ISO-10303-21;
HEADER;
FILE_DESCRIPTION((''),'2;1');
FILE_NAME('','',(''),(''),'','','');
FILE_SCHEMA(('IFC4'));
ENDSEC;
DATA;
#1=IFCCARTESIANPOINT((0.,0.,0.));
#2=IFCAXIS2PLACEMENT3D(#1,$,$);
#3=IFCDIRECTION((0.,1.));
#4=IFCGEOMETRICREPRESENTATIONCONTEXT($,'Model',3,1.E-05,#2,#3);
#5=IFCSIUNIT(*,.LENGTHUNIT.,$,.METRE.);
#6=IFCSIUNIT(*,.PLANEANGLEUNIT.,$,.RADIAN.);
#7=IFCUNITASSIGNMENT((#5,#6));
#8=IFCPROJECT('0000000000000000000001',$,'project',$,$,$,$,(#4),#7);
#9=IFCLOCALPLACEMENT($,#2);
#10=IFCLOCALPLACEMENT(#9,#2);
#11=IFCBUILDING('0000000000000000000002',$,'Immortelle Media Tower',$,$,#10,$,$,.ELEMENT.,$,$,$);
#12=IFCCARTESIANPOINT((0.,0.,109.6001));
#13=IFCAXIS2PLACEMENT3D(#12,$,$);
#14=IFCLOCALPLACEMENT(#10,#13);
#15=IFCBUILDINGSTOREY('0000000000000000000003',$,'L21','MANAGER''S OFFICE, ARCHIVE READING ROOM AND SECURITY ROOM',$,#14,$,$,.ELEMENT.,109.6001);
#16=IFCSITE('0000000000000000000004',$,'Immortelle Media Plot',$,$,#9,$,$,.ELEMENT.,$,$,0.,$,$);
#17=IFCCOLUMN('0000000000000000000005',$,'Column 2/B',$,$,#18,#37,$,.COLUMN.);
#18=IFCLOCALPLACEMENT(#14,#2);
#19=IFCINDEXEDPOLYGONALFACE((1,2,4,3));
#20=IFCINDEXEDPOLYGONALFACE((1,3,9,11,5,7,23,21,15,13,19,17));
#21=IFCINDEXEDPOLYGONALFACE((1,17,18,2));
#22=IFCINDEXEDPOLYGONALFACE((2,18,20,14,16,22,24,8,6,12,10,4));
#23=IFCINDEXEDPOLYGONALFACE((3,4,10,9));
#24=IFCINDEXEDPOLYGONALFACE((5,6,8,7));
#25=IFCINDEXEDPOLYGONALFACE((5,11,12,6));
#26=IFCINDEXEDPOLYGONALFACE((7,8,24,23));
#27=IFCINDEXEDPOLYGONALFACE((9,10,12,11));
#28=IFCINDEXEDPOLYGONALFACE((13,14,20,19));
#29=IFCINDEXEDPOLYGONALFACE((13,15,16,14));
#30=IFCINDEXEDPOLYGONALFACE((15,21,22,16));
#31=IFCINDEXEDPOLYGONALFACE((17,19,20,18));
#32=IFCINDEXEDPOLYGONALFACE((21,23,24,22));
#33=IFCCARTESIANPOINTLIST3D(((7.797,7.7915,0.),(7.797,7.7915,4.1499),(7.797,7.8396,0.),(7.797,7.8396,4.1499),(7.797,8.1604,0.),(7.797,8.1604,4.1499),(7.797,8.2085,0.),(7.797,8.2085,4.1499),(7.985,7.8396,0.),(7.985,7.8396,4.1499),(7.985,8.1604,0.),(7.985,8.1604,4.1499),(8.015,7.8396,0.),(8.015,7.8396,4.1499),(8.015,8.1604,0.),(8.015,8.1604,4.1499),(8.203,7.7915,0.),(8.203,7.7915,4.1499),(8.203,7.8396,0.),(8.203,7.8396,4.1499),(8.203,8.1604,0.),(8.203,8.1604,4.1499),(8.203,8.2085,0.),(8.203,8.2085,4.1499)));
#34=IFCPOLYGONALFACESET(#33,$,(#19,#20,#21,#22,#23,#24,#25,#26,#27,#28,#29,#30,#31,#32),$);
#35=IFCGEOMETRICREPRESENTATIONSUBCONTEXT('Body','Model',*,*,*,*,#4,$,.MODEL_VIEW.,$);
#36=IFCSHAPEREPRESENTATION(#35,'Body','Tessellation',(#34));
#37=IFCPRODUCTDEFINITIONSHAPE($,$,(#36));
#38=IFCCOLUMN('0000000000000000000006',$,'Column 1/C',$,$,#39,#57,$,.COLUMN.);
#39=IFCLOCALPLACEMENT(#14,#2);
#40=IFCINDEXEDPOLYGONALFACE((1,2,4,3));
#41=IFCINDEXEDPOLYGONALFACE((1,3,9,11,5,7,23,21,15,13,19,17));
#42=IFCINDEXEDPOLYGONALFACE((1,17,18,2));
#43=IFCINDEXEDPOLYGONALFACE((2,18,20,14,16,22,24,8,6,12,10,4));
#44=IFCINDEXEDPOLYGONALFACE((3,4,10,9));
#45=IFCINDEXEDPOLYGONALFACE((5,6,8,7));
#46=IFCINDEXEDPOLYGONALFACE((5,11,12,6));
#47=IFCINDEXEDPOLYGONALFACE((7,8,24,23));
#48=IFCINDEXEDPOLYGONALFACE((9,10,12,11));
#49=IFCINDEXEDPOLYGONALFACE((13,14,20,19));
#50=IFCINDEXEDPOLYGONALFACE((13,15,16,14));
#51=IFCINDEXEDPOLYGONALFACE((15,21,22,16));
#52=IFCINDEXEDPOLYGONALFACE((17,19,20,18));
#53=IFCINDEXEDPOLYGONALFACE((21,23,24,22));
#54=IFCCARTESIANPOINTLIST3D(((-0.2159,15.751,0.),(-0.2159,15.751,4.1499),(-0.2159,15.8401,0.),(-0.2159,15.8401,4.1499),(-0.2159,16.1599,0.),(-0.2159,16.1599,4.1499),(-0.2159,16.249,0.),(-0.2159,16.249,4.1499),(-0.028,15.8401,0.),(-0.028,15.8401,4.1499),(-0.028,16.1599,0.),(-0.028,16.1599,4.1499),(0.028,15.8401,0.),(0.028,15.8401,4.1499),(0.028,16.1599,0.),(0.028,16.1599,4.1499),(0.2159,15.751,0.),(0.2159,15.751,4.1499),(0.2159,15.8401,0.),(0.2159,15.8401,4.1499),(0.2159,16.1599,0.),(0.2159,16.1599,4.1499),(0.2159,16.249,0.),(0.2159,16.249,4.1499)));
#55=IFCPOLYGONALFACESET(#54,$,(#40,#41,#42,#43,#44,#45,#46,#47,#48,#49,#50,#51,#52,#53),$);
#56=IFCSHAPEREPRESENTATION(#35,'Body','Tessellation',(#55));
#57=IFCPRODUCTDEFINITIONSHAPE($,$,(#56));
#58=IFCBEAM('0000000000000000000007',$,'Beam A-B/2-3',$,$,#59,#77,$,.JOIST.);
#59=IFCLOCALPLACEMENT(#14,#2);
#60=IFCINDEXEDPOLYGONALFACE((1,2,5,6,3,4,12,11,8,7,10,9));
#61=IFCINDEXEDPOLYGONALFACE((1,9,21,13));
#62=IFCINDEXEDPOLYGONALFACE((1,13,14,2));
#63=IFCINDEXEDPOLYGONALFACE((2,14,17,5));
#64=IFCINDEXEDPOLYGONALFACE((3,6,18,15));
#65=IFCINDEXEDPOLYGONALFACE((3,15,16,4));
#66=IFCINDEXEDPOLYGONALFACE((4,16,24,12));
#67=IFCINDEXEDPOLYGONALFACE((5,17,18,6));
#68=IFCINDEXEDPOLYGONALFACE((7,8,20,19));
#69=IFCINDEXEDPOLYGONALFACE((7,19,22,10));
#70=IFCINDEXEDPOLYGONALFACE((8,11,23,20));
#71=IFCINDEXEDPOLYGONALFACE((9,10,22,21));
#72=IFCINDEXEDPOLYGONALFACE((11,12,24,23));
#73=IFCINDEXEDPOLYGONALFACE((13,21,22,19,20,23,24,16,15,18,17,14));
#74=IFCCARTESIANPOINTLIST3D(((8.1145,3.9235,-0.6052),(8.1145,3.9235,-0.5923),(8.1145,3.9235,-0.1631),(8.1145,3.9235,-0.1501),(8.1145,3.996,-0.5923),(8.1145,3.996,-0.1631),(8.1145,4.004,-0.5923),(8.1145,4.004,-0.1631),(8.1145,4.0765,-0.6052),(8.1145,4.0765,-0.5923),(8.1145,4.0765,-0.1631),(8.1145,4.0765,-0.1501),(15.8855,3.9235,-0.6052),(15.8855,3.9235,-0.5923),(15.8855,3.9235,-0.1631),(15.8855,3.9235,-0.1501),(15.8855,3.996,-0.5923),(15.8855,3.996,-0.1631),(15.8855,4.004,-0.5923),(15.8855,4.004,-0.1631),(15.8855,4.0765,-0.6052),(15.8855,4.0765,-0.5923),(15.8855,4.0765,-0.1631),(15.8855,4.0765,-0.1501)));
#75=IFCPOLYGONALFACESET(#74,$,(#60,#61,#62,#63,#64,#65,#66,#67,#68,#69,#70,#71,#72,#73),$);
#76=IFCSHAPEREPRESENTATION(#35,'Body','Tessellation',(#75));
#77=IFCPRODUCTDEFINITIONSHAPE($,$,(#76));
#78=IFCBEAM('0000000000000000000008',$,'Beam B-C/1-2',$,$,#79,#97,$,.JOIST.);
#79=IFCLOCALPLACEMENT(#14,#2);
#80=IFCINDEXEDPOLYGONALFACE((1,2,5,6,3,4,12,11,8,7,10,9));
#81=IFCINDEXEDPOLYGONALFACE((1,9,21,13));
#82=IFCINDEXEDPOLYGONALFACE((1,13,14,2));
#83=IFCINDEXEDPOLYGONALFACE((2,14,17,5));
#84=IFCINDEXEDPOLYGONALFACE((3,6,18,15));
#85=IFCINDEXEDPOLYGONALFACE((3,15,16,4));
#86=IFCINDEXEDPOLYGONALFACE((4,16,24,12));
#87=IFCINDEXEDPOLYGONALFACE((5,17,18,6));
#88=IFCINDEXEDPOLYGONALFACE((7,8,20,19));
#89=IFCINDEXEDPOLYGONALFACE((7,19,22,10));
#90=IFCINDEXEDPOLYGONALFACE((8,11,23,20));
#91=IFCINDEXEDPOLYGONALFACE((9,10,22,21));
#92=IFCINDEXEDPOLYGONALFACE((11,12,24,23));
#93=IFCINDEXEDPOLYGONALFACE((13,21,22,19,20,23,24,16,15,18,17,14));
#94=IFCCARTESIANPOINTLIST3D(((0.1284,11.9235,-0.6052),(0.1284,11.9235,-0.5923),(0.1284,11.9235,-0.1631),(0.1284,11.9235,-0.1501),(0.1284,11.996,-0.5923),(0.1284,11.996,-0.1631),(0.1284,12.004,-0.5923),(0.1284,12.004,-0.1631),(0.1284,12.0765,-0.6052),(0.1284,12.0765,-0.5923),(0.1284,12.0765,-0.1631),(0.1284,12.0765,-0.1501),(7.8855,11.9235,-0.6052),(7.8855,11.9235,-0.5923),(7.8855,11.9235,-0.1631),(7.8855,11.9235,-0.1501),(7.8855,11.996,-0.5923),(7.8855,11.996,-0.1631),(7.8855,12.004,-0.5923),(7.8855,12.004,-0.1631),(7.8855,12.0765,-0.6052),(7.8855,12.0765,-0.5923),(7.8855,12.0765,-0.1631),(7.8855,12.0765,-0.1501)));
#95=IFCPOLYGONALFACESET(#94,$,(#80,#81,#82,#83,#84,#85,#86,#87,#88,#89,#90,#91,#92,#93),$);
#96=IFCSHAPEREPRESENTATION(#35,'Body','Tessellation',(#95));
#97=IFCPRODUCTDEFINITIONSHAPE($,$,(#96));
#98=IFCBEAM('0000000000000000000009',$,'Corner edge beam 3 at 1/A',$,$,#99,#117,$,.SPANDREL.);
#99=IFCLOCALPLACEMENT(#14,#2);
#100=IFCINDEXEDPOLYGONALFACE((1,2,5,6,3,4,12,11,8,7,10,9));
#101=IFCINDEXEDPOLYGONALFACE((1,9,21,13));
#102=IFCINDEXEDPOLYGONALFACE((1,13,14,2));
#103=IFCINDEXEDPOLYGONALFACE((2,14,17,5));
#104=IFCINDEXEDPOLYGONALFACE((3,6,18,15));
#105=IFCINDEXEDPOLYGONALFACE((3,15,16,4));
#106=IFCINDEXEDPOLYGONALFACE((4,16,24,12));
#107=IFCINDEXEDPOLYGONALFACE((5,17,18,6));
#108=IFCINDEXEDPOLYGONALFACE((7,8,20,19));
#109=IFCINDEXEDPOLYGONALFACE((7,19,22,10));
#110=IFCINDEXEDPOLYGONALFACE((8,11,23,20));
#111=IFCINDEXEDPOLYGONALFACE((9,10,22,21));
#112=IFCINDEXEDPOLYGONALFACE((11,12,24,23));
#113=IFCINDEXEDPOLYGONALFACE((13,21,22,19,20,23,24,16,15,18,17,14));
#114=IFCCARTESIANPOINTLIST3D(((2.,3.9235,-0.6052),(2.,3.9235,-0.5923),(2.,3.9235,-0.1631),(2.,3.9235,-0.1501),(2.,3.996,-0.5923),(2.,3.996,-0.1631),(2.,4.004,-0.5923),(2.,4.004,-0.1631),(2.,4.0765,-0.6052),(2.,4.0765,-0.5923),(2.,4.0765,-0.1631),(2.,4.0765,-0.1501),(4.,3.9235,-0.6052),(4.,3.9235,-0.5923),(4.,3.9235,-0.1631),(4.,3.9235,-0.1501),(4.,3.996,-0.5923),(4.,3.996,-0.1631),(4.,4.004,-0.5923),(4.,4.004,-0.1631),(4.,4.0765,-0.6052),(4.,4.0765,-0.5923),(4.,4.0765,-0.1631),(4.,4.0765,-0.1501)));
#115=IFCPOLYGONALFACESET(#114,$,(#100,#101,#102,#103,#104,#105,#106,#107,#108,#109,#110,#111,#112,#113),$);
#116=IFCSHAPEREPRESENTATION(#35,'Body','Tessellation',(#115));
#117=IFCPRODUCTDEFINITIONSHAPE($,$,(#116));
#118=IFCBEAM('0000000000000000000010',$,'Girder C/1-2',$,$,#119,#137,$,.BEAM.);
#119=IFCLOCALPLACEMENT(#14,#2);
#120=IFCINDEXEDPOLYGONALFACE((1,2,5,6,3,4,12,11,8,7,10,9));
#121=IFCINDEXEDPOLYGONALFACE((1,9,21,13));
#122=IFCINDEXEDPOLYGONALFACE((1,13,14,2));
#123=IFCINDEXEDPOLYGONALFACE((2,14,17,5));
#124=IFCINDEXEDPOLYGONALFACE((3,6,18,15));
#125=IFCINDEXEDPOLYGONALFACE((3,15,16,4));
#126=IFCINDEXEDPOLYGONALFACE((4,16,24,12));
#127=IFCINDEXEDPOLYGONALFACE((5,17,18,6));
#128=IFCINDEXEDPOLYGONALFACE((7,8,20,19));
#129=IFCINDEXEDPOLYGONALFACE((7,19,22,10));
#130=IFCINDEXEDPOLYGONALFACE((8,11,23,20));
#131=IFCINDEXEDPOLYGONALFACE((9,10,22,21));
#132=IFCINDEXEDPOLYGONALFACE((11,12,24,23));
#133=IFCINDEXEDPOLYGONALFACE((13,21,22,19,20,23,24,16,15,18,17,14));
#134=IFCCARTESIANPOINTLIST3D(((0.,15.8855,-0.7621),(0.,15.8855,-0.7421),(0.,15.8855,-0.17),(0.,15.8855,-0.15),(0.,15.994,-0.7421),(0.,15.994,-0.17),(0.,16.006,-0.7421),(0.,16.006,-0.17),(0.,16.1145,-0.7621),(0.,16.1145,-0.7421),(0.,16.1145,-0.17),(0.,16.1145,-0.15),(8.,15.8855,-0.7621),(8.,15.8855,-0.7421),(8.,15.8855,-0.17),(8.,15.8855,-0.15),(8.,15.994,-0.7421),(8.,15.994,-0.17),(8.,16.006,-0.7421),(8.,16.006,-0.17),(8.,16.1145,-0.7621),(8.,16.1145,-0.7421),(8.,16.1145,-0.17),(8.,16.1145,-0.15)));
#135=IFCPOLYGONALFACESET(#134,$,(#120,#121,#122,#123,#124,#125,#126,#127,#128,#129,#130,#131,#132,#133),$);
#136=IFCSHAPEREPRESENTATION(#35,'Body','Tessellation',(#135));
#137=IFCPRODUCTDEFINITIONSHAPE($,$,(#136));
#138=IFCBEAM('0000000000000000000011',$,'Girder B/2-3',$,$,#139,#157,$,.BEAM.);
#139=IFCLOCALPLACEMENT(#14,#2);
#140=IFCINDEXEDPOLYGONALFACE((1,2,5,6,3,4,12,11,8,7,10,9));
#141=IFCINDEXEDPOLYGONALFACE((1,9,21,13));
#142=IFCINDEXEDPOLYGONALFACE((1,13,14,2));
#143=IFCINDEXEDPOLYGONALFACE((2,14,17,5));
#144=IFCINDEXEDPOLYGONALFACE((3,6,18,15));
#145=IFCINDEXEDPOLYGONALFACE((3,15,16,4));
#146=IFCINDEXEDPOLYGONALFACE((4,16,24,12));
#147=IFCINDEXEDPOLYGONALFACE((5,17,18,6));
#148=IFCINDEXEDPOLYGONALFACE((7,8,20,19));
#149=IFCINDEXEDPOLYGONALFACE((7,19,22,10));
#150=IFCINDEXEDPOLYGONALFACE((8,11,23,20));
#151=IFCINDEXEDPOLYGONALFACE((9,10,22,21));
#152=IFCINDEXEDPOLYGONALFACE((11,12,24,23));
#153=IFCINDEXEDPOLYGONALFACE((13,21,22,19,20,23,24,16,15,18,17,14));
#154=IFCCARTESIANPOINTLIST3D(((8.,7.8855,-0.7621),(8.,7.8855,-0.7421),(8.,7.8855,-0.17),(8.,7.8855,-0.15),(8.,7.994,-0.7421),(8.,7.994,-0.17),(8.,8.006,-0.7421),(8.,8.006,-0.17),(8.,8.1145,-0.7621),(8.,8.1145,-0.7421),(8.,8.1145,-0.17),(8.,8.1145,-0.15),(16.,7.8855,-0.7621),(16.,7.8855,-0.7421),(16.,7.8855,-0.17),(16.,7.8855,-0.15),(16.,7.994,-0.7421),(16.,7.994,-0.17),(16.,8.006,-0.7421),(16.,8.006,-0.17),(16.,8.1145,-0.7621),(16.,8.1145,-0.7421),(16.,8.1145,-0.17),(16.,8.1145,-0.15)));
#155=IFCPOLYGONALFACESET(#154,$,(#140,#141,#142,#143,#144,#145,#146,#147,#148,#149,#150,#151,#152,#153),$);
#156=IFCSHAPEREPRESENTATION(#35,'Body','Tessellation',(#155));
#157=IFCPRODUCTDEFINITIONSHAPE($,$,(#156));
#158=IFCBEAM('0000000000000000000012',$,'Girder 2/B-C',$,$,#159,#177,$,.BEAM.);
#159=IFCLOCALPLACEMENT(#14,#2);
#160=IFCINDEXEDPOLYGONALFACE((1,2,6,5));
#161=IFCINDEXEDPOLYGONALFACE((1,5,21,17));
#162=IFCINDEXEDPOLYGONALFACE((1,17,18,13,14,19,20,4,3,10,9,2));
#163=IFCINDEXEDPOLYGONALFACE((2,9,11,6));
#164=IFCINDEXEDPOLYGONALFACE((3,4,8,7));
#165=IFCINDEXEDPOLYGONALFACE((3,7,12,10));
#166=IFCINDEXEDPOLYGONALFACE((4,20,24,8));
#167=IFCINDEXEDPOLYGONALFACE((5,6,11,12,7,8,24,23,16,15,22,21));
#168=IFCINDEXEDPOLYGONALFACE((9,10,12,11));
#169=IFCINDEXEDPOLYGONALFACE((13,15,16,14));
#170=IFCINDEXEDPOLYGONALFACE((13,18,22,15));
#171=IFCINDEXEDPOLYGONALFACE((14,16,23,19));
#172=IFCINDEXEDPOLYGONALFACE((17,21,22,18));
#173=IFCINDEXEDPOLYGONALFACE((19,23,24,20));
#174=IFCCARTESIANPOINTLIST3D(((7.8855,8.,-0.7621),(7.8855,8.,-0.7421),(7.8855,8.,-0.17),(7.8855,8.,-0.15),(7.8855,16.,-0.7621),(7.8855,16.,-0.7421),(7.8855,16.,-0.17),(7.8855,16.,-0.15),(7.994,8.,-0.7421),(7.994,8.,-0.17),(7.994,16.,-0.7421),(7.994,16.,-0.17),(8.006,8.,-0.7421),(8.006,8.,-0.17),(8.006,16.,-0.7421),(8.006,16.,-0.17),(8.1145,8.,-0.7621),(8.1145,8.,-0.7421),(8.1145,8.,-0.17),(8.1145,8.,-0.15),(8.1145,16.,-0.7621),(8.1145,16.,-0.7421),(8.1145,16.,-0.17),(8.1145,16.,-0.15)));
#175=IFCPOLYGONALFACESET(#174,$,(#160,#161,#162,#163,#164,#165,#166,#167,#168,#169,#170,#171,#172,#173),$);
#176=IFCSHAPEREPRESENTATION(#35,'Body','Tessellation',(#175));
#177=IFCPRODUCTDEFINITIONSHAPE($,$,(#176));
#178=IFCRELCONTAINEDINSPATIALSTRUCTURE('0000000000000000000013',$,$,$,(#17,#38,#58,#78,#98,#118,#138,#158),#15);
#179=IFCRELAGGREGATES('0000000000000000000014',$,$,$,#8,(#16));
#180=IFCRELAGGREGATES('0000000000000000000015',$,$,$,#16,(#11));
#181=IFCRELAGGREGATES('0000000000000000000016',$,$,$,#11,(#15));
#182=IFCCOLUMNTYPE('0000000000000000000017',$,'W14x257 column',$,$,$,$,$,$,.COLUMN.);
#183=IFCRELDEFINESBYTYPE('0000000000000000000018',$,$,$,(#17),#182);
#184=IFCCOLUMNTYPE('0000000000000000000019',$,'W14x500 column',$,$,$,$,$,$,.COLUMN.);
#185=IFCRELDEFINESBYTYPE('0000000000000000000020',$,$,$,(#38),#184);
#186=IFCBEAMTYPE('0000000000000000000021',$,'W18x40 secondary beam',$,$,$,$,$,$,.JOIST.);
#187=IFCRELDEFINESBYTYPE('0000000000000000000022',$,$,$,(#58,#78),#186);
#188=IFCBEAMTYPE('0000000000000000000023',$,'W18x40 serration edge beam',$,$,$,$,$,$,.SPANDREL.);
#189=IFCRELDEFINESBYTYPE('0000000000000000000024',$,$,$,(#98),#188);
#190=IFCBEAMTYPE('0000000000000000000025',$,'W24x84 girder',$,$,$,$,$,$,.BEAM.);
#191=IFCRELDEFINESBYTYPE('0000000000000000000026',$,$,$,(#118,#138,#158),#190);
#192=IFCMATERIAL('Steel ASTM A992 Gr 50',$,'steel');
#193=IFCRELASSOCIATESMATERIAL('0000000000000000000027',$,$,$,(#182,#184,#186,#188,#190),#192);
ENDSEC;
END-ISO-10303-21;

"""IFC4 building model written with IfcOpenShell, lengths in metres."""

from ifc_helpers import new_model, si_unit, direction, frame, origin, origin_2d, place, context, subcontext, project, spatial, i_section, extrude, material, material_profile, profile_set, type_object, element, save


model = new_model("IFC4")

# Units and contexts
model_context = context("Model", 3, precision=1e-05, world=origin(), true_north=direction((0.0, 1.0)))
body_context = subcontext(model_context, "Body", "Model", "MODEL_VIEW")
ifc_project = project(units=[si_unit("LENGTHUNIT", "METRE"), si_unit("PLANEANGLEUNIT", "RADIAN")], contexts=[model_context])

# Site, building, storey
site_placement = place(None, origin())
site = spatial("IfcSite", under=ifc_project, at=site_placement, Name="Immortelle Media Plot", CompositionType="ELEMENT", RefElevation=0.0)
building_placement = place(site_placement, origin())
building = spatial("IfcBuilding", under=site, at=building_placement, Name="Immortelle Media Tower", CompositionType="ELEMENT")
storey_placement = place(building_placement, frame((0.0, 0.0, 109.6001)))
storey = spatial("IfcBuildingStorey", under=building, at=storey_placement, Name="L21", Description="MANAGER'S OFFICE, ARCHIVE READING ROOM AND SECURITY ROOM", CompositionType="ELEMENT", Elevation=109.6001)

# Columns
ifc_material_1 = material(Name="Steel ASTM A992 Gr 50", Category="steel")
ifc_material_profile_1 = material_profile(ifc_material_1, i_section(OverallWidth=0.406, OverallDepth=0.417, WebThickness=0.03, FlangeThickness=0.0481, at=origin_2d()), Name="W14x257")
ifc_profile_set_1 = profile_set([ifc_material_profile_1], Name="Steel ASTM A992 Gr 50")
column_type_1 = type_object("IfcColumnType", Name="W14x257 column", PredefinedType="COLUMN", material=ifc_profile_set_1)
column_1_placement = place(storey_placement, frame((8.0, 8.0, 0.0), z_axis=(0.0, 0.0, 1.0), x_axis=(1.0, 0.0, 0.0)))
element("IfcColumn", 1, at=column_1_placement, inside=storey, type_object=column_type_1, Name="Column 2/B", PredefinedType="COLUMN", context=body_context, shape_type="SweptSolid", body=[
    extrude(i_section(OverallWidth=0.406, OverallDepth=0.417, WebThickness=0.03, FlangeThickness=0.0481, at=origin_2d()), origin(), (0.0, 0.0, 1.0), 4.1499),
])
ifc_material_profile_2 = material_profile(ifc_material_1, i_section(OverallWidth=0.4319, OverallDepth=0.498, WebThickness=0.0559, FlangeThickness=0.0891, at=origin_2d()), Name="W14x500")
ifc_profile_set_2 = profile_set([ifc_material_profile_2], Name="Steel ASTM A992 Gr 50")
column_type_2 = type_object("IfcColumnType", Name="W14x500 column", PredefinedType="COLUMN", material=ifc_profile_set_2)
column_2_placement = place(storey_placement, frame((0.0, 16.0, 0.0), z_axis=(0.0, 0.0, 1.0), x_axis=(1.0, 0.0, 0.0)))
element("IfcColumn", 2, at=column_2_placement, inside=storey, type_object=column_type_2, Name="Column 1/C", PredefinedType="COLUMN", context=body_context, shape_type="SweptSolid", body=[
    extrude(i_section(OverallWidth=0.4319, OverallDepth=0.498, WebThickness=0.0559, FlangeThickness=0.0891, at=origin_2d()), origin(), (0.0, 0.0, 1.0), 4.1499),
])

# Beams
ifc_material_profile_3 = material_profile(ifc_material_1, i_section(OverallWidth=0.1531, OverallDepth=0.4551, WebThickness=0.0081, FlangeThickness=0.0129, at=origin_2d()), Name="W18x40")
ifc_profile_set_3 = profile_set([ifc_material_profile_3], Name="Steel ASTM A992 Gr 50")
beam_type_1 = type_object("IfcBeamType", Name="W18x40 secondary beam", PredefinedType="JOIST", material=ifc_profile_set_3)
beam_1_placement = place(storey_placement, frame((8.1145, 4.0, -0.3777), z_axis=(1.0, 0.0, 0.0), x_axis=(0.0, 1.0, 0.0)))
element("IfcBeam", 3, at=beam_1_placement, inside=storey, type_object=beam_type_1, Name="Beam A-B/2-3", PredefinedType="JOIST", context=body_context, shape_type="SweptSolid", body=[
    extrude(i_section(OverallWidth=0.1531, OverallDepth=0.4551, WebThickness=0.0081, FlangeThickness=0.0129, at=origin_2d()), origin(), (0.0, 0.0, 1.0), 7.771),
])
beam_2_placement = place(storey_placement, frame((0.1284, 12.0, -0.3777), z_axis=(1.0, 0.0, 0.0), x_axis=(0.0, 1.0, 0.0)))
element("IfcBeam", 4, at=beam_2_placement, inside=storey, type_object=beam_type_1, Name="Beam B-C/1-2", PredefinedType="JOIST", context=body_context, shape_type="SweptSolid", body=[
    extrude(i_section(OverallWidth=0.1531, OverallDepth=0.4551, WebThickness=0.0081, FlangeThickness=0.0129, at=origin_2d()), origin(), (0.0, 0.0, 1.0), 7.7571),
])
ifc_material_profile_4 = material_profile(ifc_material_1, i_section(OverallWidth=0.1531, OverallDepth=0.4551, WebThickness=0.0081, FlangeThickness=0.0129, at=origin_2d()), Name="W18x40")
ifc_profile_set_4 = profile_set([ifc_material_profile_4], Name="Steel ASTM A992 Gr 50")
beam_type_2 = type_object("IfcBeamType", Name="W18x40 serration edge beam", PredefinedType="SPANDREL", material=ifc_profile_set_4)
beam_3_placement = place(storey_placement, frame((4.0, 4.0, -0.3777), z_axis=(-1.0, 0.0, 0.0), x_axis=(0.0, -1.0, 0.0)))
element("IfcBeam", 5, at=beam_3_placement, inside=storey, type_object=beam_type_2, Name="Corner edge beam 3 at 1/A", PredefinedType="SPANDREL", context=body_context, shape_type="SweptSolid", body=[
    extrude(i_section(OverallWidth=0.1531, OverallDepth=0.4551, WebThickness=0.0081, FlangeThickness=0.0129, at=origin_2d()), origin(), (0.0, 0.0, 1.0), 2.0),
])
ifc_material_profile_5 = material_profile(ifc_material_1, i_section(OverallWidth=0.229, OverallDepth=0.6121, WebThickness=0.012, FlangeThickness=0.02, at=origin_2d()), Name="W24x84")
ifc_profile_set_5 = profile_set([ifc_material_profile_5], Name="Steel ASTM A992 Gr 50")
beam_type_3 = type_object("IfcBeamType", Name="W24x84 girder", PredefinedType="BEAM", material=ifc_profile_set_5)
for number, where, z_axis, x_axis, name in (
    (6, (0.0, 16.0, -0.4561), (1.0, 0.0, 0.0), (0.0, 1.0, 0.0), "Girder C/1-2"),
    (7, (8.0, 8.0, -0.4561), (1.0, 0.0, 0.0), (0.0, 1.0, 0.0), "Girder B/2-3"),
    (8, (8.0, 8.0, -0.4561), (0.0, 1.0, 0.0), (-1.0, 0.0, 0.0), "Girder 2/B-C"),
):
    element("IfcBeam", number, at=place(storey_placement, frame(where, z_axis=z_axis, x_axis=x_axis)), inside=storey, type_object=beam_type_3, Name=name, PredefinedType="BEAM", context=body_context, shape_type="SweptSolid", body=[
        extrude(i_section(OverallWidth=0.229, OverallDepth=0.6121, WebThickness=0.012, FlangeThickness=0.02, at=origin_2d()), origin(), (0.0, 0.0, 1.0), 8.0),
    ])

save(model, "model.ifc")
